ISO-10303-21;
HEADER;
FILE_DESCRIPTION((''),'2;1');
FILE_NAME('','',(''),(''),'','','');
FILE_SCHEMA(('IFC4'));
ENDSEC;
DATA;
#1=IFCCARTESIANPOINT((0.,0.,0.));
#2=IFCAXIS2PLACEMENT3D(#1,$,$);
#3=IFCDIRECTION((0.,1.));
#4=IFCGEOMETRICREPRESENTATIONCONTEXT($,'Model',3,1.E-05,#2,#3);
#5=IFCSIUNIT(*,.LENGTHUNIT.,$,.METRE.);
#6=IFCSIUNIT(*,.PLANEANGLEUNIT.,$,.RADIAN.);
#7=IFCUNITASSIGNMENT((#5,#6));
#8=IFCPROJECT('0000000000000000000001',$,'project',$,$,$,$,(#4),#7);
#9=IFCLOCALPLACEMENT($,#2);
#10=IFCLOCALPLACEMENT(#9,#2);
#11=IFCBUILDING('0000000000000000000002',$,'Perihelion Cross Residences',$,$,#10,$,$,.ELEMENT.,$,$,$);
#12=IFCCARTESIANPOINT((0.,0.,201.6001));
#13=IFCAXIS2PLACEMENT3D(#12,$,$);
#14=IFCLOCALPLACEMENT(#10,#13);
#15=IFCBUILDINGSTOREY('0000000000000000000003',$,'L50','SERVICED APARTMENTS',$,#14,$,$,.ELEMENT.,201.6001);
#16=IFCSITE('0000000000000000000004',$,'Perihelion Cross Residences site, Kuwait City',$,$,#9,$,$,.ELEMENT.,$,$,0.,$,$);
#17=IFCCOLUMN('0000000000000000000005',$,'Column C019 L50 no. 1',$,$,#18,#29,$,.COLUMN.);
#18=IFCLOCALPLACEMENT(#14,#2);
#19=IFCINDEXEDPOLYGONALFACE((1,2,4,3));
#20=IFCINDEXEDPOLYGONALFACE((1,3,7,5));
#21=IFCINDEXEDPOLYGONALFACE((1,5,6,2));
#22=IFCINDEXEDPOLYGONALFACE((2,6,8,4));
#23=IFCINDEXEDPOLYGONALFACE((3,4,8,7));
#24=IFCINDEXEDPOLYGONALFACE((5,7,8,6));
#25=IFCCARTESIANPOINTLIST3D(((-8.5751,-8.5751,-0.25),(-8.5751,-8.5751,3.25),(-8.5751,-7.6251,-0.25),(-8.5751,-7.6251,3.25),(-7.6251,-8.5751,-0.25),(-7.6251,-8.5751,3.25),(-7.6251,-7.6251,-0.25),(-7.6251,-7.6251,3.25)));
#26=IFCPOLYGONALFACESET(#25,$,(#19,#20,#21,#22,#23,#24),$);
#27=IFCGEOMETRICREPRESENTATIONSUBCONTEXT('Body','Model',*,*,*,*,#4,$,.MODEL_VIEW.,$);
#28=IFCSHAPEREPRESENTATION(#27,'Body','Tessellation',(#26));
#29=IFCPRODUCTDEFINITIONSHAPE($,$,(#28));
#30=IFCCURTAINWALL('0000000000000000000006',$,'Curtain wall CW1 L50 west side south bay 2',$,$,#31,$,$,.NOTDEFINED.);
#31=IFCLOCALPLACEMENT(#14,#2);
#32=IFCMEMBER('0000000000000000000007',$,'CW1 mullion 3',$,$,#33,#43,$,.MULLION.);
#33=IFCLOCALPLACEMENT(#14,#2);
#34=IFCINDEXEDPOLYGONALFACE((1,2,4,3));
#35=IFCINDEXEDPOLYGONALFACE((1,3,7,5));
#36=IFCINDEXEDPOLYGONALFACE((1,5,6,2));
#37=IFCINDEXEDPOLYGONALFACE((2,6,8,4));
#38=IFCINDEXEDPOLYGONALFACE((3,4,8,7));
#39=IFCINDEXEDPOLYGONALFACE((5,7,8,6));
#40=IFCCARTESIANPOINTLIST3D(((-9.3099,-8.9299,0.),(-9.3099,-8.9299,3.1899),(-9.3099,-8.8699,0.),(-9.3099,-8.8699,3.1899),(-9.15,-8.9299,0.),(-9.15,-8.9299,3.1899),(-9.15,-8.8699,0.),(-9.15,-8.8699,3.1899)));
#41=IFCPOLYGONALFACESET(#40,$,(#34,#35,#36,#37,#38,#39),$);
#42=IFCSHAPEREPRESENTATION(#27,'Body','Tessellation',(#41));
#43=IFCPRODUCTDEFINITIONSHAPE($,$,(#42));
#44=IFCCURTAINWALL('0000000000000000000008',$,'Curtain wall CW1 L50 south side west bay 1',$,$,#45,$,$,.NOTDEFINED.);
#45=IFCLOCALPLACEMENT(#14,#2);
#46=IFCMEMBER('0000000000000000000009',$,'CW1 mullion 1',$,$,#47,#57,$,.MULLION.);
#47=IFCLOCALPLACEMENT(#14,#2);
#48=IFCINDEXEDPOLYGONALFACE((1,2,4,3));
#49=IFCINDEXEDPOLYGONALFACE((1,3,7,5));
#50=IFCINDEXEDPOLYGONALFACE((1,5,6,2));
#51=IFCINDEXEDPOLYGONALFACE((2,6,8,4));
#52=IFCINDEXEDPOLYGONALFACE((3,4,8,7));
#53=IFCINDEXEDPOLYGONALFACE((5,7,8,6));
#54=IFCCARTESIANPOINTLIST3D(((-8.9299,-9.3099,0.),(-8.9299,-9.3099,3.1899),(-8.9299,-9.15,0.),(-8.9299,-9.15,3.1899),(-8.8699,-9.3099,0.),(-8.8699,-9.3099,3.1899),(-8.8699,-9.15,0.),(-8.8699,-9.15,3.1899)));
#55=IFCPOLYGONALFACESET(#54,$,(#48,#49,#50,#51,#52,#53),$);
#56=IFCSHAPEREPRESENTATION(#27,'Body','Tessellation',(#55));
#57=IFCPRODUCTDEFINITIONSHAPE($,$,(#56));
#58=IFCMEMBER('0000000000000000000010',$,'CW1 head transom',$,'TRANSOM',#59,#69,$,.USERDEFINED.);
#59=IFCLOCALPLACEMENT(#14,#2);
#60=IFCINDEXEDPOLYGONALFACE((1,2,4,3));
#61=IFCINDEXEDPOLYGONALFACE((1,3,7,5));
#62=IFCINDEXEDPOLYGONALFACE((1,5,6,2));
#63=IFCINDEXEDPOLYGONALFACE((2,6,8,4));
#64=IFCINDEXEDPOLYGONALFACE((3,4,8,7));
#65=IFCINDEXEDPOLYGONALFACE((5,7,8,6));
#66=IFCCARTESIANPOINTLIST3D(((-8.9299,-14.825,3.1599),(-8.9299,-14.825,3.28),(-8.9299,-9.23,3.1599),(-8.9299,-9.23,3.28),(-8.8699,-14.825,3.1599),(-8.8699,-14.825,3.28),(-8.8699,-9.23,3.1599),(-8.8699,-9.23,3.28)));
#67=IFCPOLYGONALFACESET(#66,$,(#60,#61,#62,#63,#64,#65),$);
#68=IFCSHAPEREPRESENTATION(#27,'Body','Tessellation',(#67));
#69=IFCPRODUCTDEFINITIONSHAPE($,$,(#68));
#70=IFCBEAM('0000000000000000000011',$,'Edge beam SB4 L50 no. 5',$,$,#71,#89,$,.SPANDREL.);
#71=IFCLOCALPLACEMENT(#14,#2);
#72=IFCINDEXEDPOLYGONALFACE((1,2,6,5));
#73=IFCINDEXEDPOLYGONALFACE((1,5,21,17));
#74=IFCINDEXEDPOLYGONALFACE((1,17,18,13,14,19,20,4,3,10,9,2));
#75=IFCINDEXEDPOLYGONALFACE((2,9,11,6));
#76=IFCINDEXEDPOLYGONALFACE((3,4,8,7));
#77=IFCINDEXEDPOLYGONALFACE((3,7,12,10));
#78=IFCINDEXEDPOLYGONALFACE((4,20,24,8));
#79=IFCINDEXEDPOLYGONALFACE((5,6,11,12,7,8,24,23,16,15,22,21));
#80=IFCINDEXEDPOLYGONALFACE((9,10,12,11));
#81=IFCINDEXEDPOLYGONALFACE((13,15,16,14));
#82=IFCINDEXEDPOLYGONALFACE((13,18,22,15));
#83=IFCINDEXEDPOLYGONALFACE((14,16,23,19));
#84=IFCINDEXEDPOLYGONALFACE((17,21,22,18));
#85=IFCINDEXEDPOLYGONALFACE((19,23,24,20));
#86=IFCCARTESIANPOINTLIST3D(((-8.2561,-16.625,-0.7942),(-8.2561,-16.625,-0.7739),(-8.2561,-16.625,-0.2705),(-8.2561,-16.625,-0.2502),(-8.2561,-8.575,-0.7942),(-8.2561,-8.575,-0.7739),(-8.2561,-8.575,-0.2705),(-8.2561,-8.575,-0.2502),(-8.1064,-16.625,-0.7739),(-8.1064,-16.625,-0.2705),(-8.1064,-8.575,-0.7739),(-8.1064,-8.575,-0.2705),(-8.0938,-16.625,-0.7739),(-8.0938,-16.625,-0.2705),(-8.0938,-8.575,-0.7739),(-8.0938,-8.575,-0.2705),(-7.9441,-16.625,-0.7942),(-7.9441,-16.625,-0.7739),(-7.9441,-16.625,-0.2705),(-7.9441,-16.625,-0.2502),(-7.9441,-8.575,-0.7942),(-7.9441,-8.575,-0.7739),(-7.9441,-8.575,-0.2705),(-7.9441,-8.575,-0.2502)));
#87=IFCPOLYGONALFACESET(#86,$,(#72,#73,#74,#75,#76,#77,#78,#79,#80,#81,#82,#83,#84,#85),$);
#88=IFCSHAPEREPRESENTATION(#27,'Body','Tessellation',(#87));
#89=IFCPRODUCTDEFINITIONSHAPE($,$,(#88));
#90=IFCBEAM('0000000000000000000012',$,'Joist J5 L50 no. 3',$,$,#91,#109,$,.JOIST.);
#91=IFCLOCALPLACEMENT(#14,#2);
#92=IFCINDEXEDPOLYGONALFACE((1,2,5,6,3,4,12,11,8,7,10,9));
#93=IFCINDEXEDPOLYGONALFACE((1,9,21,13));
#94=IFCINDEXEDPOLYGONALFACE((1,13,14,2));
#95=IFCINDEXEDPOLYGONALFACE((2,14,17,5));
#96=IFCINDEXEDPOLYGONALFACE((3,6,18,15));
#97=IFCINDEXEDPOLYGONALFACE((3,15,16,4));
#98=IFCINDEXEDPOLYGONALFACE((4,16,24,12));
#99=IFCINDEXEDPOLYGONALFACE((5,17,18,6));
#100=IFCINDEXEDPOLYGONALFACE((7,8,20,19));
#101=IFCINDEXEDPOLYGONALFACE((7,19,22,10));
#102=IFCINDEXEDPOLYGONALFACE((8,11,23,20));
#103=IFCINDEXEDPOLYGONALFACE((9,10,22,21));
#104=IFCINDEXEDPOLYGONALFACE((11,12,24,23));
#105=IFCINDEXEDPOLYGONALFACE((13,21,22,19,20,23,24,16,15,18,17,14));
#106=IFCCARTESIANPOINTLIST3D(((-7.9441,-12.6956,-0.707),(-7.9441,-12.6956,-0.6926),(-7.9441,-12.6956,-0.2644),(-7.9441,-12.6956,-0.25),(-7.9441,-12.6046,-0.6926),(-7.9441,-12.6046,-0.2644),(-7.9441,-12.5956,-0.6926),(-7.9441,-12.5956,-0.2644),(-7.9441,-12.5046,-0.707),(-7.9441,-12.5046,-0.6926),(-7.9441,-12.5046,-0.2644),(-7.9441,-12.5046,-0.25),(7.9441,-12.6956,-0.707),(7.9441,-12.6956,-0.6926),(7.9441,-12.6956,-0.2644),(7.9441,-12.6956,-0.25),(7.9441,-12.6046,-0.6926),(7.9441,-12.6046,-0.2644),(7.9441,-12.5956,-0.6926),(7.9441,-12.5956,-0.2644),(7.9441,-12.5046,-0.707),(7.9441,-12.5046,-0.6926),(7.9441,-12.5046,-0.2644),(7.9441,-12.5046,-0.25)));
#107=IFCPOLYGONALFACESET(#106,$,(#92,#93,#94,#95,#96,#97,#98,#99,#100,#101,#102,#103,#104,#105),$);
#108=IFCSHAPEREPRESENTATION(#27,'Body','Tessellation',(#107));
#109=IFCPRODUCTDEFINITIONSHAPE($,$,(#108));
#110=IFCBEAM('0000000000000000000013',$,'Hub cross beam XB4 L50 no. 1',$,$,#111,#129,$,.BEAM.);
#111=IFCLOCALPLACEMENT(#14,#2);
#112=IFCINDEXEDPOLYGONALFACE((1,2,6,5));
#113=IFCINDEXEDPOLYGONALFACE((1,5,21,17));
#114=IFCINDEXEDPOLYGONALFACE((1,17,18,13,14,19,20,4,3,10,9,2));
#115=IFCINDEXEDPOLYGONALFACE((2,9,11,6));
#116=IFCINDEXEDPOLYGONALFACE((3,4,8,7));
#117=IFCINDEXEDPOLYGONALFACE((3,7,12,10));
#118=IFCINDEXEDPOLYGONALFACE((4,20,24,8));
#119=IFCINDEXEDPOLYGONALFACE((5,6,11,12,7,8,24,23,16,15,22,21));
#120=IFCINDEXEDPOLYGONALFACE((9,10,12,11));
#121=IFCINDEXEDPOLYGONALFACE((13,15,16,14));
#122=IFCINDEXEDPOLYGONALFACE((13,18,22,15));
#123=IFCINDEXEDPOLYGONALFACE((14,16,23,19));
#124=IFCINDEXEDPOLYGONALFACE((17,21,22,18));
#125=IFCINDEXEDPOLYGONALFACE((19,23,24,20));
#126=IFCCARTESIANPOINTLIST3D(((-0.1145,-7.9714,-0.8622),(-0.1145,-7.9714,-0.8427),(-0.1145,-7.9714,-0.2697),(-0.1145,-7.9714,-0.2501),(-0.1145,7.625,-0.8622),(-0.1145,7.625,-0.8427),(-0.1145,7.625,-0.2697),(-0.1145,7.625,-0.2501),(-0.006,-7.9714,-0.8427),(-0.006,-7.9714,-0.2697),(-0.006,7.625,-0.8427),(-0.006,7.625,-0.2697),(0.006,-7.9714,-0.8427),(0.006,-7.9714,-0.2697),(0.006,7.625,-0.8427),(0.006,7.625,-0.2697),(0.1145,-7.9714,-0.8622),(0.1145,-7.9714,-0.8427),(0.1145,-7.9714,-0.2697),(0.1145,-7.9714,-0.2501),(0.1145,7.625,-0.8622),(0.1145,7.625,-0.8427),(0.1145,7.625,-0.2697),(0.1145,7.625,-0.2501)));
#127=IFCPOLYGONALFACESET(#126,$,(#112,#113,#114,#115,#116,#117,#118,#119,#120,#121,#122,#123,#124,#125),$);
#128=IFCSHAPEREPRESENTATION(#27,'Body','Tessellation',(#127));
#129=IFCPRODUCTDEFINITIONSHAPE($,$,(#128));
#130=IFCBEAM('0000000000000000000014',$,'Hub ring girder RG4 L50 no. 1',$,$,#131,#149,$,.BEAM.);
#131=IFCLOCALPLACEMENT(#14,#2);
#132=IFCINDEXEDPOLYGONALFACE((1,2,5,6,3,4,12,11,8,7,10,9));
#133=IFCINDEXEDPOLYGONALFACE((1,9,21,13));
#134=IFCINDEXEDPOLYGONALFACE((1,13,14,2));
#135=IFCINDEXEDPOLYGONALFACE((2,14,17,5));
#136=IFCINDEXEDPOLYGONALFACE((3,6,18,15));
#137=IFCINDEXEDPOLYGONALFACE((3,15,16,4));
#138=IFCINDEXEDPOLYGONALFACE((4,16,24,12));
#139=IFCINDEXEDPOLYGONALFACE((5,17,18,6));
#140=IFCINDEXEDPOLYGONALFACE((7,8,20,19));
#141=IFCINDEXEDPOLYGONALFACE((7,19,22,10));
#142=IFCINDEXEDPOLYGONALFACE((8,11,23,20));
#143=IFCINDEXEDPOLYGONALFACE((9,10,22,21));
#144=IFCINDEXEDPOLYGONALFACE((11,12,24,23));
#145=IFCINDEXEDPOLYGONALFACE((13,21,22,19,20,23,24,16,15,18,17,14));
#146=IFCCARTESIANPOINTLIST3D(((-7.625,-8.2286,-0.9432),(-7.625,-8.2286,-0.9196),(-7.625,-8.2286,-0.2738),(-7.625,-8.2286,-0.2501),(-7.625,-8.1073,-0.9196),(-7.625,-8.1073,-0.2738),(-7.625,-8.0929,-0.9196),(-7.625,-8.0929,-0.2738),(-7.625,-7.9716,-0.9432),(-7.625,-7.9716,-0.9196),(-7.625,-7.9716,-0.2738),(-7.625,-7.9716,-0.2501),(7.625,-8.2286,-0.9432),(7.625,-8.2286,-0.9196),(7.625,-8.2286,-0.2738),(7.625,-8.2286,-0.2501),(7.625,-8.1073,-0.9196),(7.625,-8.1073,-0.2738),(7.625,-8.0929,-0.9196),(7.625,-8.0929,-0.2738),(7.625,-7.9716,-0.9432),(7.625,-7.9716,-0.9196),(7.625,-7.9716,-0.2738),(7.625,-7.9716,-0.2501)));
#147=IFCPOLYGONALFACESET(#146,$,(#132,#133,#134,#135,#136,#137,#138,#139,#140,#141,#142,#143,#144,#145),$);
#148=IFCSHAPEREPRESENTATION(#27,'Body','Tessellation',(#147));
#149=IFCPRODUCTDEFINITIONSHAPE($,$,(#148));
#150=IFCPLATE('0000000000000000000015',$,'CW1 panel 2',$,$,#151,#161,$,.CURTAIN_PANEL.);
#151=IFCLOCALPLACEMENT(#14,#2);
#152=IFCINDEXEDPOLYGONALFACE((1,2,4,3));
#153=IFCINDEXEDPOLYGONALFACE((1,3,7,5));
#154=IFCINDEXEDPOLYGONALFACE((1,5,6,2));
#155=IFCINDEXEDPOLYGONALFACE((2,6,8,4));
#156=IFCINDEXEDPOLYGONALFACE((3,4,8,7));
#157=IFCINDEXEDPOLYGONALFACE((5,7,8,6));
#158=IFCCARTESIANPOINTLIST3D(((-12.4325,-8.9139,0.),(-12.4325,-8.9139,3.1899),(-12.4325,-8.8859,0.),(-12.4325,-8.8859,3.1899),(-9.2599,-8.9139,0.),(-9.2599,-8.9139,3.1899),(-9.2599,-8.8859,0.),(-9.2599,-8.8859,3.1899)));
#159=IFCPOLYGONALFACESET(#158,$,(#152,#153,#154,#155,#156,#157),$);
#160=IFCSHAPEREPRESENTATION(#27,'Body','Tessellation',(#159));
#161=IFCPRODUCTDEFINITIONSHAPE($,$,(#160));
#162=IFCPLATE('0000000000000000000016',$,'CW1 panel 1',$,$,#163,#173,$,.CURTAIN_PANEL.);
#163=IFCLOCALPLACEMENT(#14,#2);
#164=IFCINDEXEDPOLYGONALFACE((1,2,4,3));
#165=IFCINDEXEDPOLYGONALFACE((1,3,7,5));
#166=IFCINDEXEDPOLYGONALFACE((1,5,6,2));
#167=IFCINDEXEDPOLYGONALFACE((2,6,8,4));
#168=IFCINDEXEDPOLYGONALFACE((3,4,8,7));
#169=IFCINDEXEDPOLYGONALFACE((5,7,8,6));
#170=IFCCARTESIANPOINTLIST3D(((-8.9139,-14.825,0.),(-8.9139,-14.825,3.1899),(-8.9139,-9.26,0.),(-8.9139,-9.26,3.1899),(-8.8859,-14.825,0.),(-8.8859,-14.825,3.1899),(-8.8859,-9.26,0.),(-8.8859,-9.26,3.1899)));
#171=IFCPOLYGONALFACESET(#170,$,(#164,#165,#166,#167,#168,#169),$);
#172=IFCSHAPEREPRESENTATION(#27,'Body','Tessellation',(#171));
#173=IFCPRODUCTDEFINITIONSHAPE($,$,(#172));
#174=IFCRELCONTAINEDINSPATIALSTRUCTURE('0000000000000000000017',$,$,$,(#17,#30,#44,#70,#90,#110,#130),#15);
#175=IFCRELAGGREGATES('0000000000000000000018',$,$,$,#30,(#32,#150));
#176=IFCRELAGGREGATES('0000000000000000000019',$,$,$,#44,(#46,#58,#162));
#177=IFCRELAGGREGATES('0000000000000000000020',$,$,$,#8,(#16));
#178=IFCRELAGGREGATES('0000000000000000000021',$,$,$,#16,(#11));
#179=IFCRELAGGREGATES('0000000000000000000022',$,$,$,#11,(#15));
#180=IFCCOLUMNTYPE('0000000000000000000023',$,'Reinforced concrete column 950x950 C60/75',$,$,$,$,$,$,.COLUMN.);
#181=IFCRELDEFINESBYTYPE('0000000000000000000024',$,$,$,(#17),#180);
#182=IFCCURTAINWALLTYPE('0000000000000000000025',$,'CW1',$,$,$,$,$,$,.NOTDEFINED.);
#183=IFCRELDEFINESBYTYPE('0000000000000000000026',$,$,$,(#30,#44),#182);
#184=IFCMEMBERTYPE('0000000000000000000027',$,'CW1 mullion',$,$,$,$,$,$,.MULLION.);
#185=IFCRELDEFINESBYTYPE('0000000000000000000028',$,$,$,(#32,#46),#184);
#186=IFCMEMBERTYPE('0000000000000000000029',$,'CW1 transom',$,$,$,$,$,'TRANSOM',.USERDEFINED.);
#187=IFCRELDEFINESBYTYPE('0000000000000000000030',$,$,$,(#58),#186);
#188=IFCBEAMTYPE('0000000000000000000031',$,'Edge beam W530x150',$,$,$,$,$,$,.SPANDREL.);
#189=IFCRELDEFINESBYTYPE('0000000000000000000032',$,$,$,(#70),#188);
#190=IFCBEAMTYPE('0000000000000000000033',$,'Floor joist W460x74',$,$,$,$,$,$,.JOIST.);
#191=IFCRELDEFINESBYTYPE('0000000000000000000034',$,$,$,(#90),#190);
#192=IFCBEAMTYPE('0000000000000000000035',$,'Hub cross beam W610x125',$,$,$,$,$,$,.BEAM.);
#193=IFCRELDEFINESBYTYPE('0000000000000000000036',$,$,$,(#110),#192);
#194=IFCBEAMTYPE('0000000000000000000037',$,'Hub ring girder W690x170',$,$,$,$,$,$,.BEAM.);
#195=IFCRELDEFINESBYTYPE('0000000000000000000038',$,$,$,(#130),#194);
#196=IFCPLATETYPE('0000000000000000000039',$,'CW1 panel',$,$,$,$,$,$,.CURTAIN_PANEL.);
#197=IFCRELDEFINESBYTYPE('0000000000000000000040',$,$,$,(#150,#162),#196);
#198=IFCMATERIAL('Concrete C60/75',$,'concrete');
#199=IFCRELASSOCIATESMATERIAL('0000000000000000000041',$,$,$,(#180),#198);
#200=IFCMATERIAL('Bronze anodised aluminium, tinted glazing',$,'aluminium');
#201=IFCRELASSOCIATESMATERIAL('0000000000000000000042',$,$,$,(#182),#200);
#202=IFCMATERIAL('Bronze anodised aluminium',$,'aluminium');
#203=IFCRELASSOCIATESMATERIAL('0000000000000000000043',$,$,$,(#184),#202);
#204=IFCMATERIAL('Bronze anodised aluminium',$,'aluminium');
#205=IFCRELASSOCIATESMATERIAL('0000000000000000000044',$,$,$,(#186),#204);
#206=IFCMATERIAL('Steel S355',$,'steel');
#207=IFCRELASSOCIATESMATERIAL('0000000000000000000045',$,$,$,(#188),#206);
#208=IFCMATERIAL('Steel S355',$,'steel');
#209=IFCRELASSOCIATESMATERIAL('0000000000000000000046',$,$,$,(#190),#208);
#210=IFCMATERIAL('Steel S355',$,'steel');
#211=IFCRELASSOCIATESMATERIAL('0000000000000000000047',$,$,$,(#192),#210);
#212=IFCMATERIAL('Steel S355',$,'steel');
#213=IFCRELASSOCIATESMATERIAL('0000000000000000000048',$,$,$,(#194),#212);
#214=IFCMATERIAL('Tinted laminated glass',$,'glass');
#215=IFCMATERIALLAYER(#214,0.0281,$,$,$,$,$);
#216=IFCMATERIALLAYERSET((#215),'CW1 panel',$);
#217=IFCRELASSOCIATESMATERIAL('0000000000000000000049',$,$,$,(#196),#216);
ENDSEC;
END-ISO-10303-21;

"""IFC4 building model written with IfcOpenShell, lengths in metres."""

from ifc_helpers import new_model, si_unit, direction, frame, origin, origin_2d, place, context, subcontext, project, spatial, rectangle, i_section, extrude, material, layer, layer_set, material_profile, profile_set, type_object, element, aggregate, save


model = new_model("IFC4")

# Units and contexts
model_context = context("Model", 3, precision=1e-05, world=origin(), true_north=direction((0.0, 1.0)))
body_context = subcontext(model_context, "Body", "Model", "MODEL_VIEW")
ifc_project = project(units=[si_unit("LENGTHUNIT", "METRE"), si_unit("PLANEANGLEUNIT", "RADIAN")], contexts=[model_context])

# Site, building, storey
site_placement = place(None, origin())
site = spatial("IfcSite", under=ifc_project, at=site_placement, Name="Perihelion Cross Residences site, Kuwait City", CompositionType="ELEMENT", RefElevation=0.0)
building_placement = place(site_placement, origin())
building = spatial("IfcBuilding", under=site, at=building_placement, Name="Perihelion Cross Residences", CompositionType="ELEMENT")
storey_placement = place(building_placement, frame((0.0, 0.0, 201.6001)))
storey = spatial("IfcBuildingStorey", under=building, at=storey_placement, Name="L50", Description="SERVICED APARTMENTS", CompositionType="ELEMENT", Elevation=201.6001)

# Column
ifc_material_1 = material(Name="Concrete C60/75", Category="concrete")
ifc_material_profile_1 = material_profile(ifc_material_1, rectangle(XDim=0.95, YDim=0.95, at=origin_2d()), Name="RC 950x950")
ifc_profile_set_1 = profile_set([ifc_material_profile_1], Name="Concrete C60/75")
column_type = type_object("IfcColumnType", Name="Reinforced concrete column 950x950 C60/75", PredefinedType="COLUMN", material=ifc_profile_set_1)
column_placement = place(storey_placement, frame((-8.1001, -8.1001, -0.25), z_axis=(0.0, 0.0, 1.0), x_axis=(1.0, 0.0, 0.0)))
element("IfcColumn", 1, at=column_placement, inside=storey, type_object=column_type, Name="Column C019 L50 no. 1", PredefinedType="COLUMN", context=body_context, shape_type="SweptSolid", body=[
    extrude(rectangle(XDim=0.95, YDim=0.95, at=origin_2d()), origin(), (0.0, 0.0, 1.0), 3.5),
])

# Curtain wall, member
ifc_material_2 = material(Name="Bronze anodised aluminium, tinted glazing", Category="aluminium")
curtain_wall_type = type_object("IfcCurtainWallType", Name="CW1", PredefinedType="NOTDEFINED", material=ifc_material_2)
curtain_wall_1_placement = place(storey_placement, origin())
curtain_wall_1 = element("IfcCurtainWall", 2, at=curtain_wall_1_placement, inside=storey, type_object=curtain_wall_type, Name="Curtain wall CW1 L50 west side south bay 2", PredefinedType="NOTDEFINED")
ifc_material_3 = material(Name="Bronze anodised aluminium", Category="aluminium")
ifc_material_profile_2 = material_profile(ifc_material_3, rectangle(XDim=0.0601, YDim=0.1599, at=origin_2d()), Name="CW1 mullion")
ifc_profile_set_2 = profile_set([ifc_material_profile_2], Name="Bronze anodised aluminium")
member_type_1 = type_object("IfcMemberType", Name="CW1 mullion", PredefinedType="MULLION", material=ifc_profile_set_2)
member_1_placement = place(storey_placement, frame((-9.23, -8.8999, 0.0), z_axis=(0.0, 0.0, 1.0), x_axis=(0.0, 1.0, 0.0)))
member_1 = element("IfcMember", 3, at=member_1_placement, type_object=member_type_1, Name="CW1 mullion 3", PredefinedType="MULLION", context=body_context, shape_type="SweptSolid", body=[
    extrude(rectangle(XDim=0.0601, YDim=0.1599, at=origin_2d()), origin(), (0.0, 0.0, 1.0), 3.1899),
])

# Curtain wall, members
curtain_wall_2_placement = place(storey_placement, origin())
curtain_wall_2 = element("IfcCurtainWall", 4, at=curtain_wall_2_placement, inside=storey, type_object=curtain_wall_type, Name="Curtain wall CW1 L50 south side west bay 1", PredefinedType="NOTDEFINED")
member_2_placement = place(storey_placement, frame((-8.8999, -9.23, 0.0), z_axis=(0.0, 0.0, 1.0), x_axis=(1.0, 0.0, 0.0)))
member_2 = element("IfcMember", 5, at=member_2_placement, type_object=member_type_1, Name="CW1 mullion 1", PredefinedType="MULLION", context=body_context, shape_type="SweptSolid", body=[
    extrude(rectangle(XDim=0.0601, YDim=0.1599, at=origin_2d()), origin(), (0.0, 0.0, 1.0), 3.1899),
])
ifc_material_4 = material(Name="Bronze anodised aluminium", Category="aluminium")
ifc_material_profile_3 = material_profile(ifc_material_4, rectangle(XDim=0.0601, YDim=0.1201, at=origin_2d()), Name="CW1 transom")
ifc_profile_set_3 = profile_set([ifc_material_profile_3], Name="Bronze anodised aluminium")
member_type_2 = type_object("IfcMemberType", Name="CW1 transom", ElementType="TRANSOM", PredefinedType="USERDEFINED", material=ifc_profile_set_3)
member_3_placement = place(storey_placement, frame((-8.8999, -9.23, 3.22), z_axis=(0.0, -1.0, 0.0), x_axis=(1.0, 0.0, 0.0)))
member_3 = element("IfcMember", 6, at=member_3_placement, type_object=member_type_2, Name="CW1 head transom", ObjectType="TRANSOM", PredefinedType="USERDEFINED", context=body_context, shape_type="SweptSolid", body=[
    extrude(rectangle(XDim=0.0601, YDim=0.1201, at=origin_2d()), origin(), (0.0, 0.0, 1.0), 5.595),
])

# Beams
ifc_material_5 = material(Name="Steel S355", Category="steel")
ifc_material_profile_4 = material_profile(ifc_material_5, i_section(OverallWidth=0.312, OverallDepth=0.5439, WebThickness=0.0127, FlangeThickness=0.0203, at=origin_2d()), Name="W530x150")
ifc_profile_set_4 = profile_set([ifc_material_profile_4], Name="Steel S355")
beam_type_1 = type_object("IfcBeamType", Name="Edge beam W530x150", PredefinedType="SPANDREL", material=ifc_profile_set_4)
beam_1_placement = place(storey_placement, frame((-8.1001, -8.575, -0.5222), z_axis=(0.0, -1.0, 0.0), x_axis=(1.0, 0.0, 0.0)))
element("IfcBeam", 7, at=beam_1_placement, inside=storey, type_object=beam_type_1, Name="Edge beam SB4 L50 no. 5", PredefinedType="SPANDREL", context=body_context, shape_type="SweptSolid", body=[
    extrude(i_section(OverallWidth=0.312, OverallDepth=0.5439, WebThickness=0.0127, FlangeThickness=0.0203, at=origin_2d()), origin(), (0.0, 0.0, 1.0), 8.05),
])
ifc_material_6 = material(Name="Steel S355", Category="steel")
ifc_material_profile_5 = material_profile(ifc_material_6, i_section(OverallWidth=0.1909, OverallDepth=0.457, WebThickness=0.009, FlangeThickness=0.0144, at=origin_2d()), Name="W460x74")
ifc_profile_set_5 = profile_set([ifc_material_profile_5], Name="Steel S355")
beam_type_2 = type_object("IfcBeamType", Name="Floor joist W460x74", PredefinedType="JOIST", material=ifc_profile_set_5)
beam_2_placement = place(storey_placement, frame((-7.9441, -12.6001, -0.4785), z_axis=(1.0, 0.0, 0.0), x_axis=(0.0, 1.0, 0.0)))
element("IfcBeam", 8, at=beam_2_placement, inside=storey, type_object=beam_type_2, Name="Joist J5 L50 no. 3", PredefinedType="JOIST", context=body_context, shape_type="SweptSolid", body=[
    extrude(i_section(OverallWidth=0.1909, OverallDepth=0.457, WebThickness=0.009, FlangeThickness=0.0144, at=origin_2d()), origin(), (0.0, 0.0, 1.0), 15.8882),
])
ifc_material_7 = material(Name="Steel S355", Category="steel")
ifc_material_profile_6 = material_profile(ifc_material_7, i_section(OverallWidth=0.229, OverallDepth=0.6121, WebThickness=0.012, FlangeThickness=0.0195, at=origin_2d()), Name="W610x125")
ifc_profile_set_6 = profile_set([ifc_material_profile_6], Name="Steel S355")
beam_type_3 = type_object("IfcBeamType", Name="Hub cross beam W610x125", PredefinedType="BEAM", material=ifc_profile_set_6)
beam_3_placement = place(storey_placement, frame((0.0, -7.9714, -0.5562), z_axis=(0.0, 1.0, 0.0), x_axis=(-1.0, 0.0, 0.0)))
element("IfcBeam", 9, at=beam_3_placement, inside=storey, type_object=beam_type_3, Name="Hub cross beam XB4 L50 no. 1", PredefinedType="BEAM", context=body_context, shape_type="SweptSolid", body=[
    extrude(i_section(OverallWidth=0.229, OverallDepth=0.6121, WebThickness=0.012, FlangeThickness=0.0195, at=origin_2d()), origin(), (0.0, 0.0, 1.0), 15.5964),
])
ifc_material_8 = material(Name="Steel S355", Category="steel")
ifc_material_profile_7 = material_profile(ifc_material_8, i_section(OverallWidth=0.2571, OverallDepth=0.6931, WebThickness=0.0144, FlangeThickness=0.0237, at=origin_2d()), Name="W690x170")
ifc_profile_set_7 = profile_set([ifc_material_profile_7], Name="Steel S355")
beam_type_4 = type_object("IfcBeamType", Name="Hub ring girder W690x170", PredefinedType="BEAM", material=ifc_profile_set_7)
beam_4_placement = place(storey_placement, frame((-7.625, -8.1001, -0.5967), z_axis=(1.0, 0.0, 0.0), x_axis=(0.0, 1.0, 0.0)))
element("IfcBeam", 10, at=beam_4_placement, inside=storey, type_object=beam_type_4, Name="Hub ring girder RG4 L50 no. 1", PredefinedType="BEAM", context=body_context, shape_type="SweptSolid", body=[
    extrude(i_section(OverallWidth=0.2571, OverallDepth=0.6931, WebThickness=0.0144, FlangeThickness=0.0237, at=origin_2d()), origin(), (0.0, 0.0, 1.0), 15.25),
])

# Plates
ifc_material_9 = material(Name="Tinted laminated glass", Category="glass")
ifc_layer_1 = layer(ifc_material_9, 0.0281)
ifc_layer_set_1 = layer_set([ifc_layer_1], Name="CW1 panel")
plate_type = type_object("IfcPlateType", Name="CW1 panel", PredefinedType="CURTAIN_PANEL", material=ifc_layer_set_1)
plate_1_placement = place(storey_placement, frame((-10.8462, -8.8999, 0.0), z_axis=(0.0, 0.0, 1.0), x_axis=(1.0, 0.0, 0.0)))
plate_1 = element("IfcPlate", 11, at=plate_1_placement, type_object=plate_type, Name="CW1 panel 2", PredefinedType="CURTAIN_PANEL", context=body_context, shape_type="SweptSolid", body=[
    extrude(rectangle(XDim=3.1726, YDim=0.0281, at=origin_2d()), origin(), (0.0, 0.0, 1.0), 3.1899),
])
aggregate(curtain_wall_1, [member_1, plate_1])
plate_2_placement = place(storey_placement, frame((-8.8999, -12.0425, 0.0), z_axis=(0.0, 0.0, 1.0), x_axis=(0.0, -1.0, 0.0)))
plate_2 = element("IfcPlate", 12, at=plate_2_placement, type_object=plate_type, Name="CW1 panel 1", PredefinedType="CURTAIN_PANEL", context=body_context, shape_type="SweptSolid", body=[
    extrude(rectangle(XDim=5.5649, YDim=0.0281, at=origin_2d()), origin(), (0.0, 0.0, 1.0), 3.1899),
])
aggregate(curtain_wall_2, [member_2, member_3, plate_2])

save(model, "model.ifc")
